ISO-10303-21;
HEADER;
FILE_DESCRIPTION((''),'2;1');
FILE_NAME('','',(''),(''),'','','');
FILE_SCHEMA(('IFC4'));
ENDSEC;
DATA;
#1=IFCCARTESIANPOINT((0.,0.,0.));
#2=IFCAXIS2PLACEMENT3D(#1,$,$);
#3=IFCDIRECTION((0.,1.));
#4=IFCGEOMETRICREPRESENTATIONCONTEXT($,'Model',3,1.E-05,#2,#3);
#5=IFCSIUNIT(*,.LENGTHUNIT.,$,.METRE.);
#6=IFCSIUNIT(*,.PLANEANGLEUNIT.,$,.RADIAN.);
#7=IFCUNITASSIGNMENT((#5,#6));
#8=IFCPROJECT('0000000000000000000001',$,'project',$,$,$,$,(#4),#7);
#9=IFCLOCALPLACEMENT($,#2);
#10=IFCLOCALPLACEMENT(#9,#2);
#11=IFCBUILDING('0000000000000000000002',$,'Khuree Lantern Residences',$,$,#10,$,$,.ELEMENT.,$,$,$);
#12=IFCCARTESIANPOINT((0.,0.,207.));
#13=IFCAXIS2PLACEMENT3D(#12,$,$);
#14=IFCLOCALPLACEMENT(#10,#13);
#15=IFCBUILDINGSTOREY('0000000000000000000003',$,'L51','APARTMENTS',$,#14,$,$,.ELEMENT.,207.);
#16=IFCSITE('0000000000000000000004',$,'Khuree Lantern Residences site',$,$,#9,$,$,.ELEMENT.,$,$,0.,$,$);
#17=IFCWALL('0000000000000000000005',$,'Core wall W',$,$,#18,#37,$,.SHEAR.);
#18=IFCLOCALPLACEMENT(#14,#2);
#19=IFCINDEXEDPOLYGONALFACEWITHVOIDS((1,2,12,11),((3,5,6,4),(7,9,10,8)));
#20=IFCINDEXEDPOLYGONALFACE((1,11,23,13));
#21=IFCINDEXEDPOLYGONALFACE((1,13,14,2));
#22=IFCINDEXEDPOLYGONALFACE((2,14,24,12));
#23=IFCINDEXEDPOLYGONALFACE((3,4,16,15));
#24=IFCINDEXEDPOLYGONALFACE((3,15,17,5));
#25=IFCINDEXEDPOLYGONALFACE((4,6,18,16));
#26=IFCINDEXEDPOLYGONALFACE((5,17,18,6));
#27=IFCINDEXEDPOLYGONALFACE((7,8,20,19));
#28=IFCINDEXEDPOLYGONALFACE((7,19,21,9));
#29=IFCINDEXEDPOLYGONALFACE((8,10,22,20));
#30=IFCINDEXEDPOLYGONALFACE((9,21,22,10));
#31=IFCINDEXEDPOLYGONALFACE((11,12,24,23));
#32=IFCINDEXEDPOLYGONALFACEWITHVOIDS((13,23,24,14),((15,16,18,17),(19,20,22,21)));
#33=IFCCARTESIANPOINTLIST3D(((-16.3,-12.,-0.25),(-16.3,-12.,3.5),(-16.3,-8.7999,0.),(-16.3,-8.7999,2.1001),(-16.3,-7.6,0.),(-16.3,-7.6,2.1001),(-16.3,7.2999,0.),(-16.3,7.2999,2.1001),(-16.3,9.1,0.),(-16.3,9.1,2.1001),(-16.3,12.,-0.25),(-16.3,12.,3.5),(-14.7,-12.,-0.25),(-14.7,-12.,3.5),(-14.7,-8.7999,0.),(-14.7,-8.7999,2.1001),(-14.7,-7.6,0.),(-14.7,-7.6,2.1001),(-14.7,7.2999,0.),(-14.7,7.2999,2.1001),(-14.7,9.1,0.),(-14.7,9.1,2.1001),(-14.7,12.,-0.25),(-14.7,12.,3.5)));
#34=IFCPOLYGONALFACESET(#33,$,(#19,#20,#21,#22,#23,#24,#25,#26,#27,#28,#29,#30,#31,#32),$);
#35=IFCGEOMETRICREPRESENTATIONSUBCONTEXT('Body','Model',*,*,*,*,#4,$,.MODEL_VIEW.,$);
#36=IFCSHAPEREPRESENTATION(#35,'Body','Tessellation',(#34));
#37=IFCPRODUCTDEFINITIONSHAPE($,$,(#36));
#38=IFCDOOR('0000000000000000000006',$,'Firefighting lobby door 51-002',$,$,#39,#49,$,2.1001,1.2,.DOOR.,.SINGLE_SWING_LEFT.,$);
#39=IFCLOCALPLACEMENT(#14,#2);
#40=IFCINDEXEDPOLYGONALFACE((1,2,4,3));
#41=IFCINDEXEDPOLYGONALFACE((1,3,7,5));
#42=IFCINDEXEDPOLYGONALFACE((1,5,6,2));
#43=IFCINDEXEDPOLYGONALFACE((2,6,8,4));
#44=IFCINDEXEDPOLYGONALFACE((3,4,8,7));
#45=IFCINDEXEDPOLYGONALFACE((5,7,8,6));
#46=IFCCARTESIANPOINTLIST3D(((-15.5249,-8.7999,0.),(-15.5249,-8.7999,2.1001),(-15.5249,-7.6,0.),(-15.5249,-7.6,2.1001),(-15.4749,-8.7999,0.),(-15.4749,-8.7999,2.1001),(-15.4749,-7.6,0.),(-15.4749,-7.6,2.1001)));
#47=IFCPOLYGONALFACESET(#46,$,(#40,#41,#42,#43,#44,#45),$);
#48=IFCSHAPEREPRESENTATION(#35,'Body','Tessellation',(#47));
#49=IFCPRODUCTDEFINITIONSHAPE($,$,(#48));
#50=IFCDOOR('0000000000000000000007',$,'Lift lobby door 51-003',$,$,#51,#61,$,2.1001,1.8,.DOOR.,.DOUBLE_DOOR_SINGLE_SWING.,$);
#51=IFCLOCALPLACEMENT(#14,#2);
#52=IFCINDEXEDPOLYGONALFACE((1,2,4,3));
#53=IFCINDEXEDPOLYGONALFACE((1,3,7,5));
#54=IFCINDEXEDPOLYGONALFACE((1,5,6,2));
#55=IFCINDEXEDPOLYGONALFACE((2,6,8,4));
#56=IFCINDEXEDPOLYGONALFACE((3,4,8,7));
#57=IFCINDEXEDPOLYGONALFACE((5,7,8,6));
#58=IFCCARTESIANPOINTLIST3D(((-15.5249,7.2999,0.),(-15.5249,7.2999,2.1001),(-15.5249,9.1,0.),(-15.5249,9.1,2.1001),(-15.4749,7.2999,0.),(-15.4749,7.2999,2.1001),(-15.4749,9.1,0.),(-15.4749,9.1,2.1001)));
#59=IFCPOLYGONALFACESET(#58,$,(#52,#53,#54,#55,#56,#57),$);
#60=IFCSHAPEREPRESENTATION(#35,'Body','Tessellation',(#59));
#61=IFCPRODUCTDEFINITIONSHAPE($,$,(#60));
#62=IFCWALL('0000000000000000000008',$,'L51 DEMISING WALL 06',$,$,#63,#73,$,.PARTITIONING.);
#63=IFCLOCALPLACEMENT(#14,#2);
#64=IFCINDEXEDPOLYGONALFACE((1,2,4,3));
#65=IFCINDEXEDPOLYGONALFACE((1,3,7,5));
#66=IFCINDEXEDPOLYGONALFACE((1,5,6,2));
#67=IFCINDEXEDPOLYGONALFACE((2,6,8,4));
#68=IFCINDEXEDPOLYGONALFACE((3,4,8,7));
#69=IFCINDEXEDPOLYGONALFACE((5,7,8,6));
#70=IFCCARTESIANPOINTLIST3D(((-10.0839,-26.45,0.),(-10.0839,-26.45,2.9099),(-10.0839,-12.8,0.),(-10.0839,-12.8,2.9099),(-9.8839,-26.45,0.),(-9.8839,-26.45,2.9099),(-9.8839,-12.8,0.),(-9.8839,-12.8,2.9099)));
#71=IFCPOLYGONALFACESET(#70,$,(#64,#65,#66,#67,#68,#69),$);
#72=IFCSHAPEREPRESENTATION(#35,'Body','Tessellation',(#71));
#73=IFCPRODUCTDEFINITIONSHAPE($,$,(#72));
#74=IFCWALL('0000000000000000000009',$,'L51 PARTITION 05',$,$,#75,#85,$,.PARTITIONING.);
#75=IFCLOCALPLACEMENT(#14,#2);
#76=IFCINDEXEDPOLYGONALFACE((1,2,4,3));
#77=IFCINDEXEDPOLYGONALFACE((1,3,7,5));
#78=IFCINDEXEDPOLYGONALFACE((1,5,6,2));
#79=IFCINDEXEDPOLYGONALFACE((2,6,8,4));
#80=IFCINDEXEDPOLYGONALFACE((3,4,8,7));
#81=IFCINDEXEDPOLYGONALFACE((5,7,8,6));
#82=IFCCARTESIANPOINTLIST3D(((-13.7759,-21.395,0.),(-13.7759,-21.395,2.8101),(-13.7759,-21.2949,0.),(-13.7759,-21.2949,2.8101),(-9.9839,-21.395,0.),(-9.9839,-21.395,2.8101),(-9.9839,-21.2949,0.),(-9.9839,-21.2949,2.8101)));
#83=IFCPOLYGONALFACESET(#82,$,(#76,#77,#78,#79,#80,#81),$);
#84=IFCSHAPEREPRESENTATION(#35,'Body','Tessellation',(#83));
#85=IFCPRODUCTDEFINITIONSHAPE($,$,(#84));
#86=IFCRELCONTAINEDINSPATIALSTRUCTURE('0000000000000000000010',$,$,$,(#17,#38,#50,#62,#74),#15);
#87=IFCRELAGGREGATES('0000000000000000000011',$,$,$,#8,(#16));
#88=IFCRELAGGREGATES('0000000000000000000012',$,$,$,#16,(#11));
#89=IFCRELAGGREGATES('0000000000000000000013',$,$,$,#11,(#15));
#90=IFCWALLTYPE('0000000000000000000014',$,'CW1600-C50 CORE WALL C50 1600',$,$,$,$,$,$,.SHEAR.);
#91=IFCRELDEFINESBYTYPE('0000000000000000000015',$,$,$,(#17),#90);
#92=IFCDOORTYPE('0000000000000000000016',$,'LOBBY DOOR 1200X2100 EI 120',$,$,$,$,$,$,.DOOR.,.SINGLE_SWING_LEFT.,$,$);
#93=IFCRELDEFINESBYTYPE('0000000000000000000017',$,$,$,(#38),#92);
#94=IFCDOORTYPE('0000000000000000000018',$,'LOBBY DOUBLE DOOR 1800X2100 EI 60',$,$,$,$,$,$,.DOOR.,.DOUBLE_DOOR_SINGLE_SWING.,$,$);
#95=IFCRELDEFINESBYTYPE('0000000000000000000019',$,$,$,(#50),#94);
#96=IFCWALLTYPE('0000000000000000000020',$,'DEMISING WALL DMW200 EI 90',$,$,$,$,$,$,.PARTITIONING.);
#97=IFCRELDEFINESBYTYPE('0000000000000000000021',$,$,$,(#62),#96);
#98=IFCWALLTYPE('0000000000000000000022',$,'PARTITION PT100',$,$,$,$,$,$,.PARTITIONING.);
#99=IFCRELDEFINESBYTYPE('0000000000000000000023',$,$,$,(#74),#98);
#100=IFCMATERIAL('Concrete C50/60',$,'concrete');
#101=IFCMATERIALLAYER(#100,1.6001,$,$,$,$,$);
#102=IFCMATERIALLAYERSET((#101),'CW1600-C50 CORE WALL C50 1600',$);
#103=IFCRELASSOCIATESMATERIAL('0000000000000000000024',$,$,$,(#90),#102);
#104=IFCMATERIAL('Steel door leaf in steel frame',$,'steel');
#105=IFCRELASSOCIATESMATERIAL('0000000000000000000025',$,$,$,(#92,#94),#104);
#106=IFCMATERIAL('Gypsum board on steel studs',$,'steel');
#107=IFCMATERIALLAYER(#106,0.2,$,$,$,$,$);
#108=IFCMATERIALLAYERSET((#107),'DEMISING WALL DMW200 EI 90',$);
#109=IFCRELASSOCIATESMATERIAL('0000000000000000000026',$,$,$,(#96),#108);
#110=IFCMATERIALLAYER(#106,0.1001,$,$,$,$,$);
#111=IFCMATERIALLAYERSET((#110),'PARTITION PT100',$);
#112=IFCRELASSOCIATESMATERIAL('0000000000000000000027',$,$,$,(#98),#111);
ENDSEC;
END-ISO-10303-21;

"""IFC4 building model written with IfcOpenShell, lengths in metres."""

from ifc_helpers import new_model, si_unit, direction, frame, frame_2d, origin, place, context, subcontext, project, spatial, rectangle, extrude, material, layer, layer_set, type_object, element, fill, save


model = new_model("IFC4")

# Units and contexts
model_context = context("Model", 3, precision=1e-05, world=origin(), true_north=direction((0.0, 1.0)))
body_context = subcontext(model_context, "Body", "Model", "MODEL_VIEW")
ifc_project = project(units=[si_unit("LENGTHUNIT", "METRE"), si_unit("PLANEANGLEUNIT", "RADIAN")], contexts=[model_context])

# Site, building, storey
site_placement = place(None, origin())
site = spatial("IfcSite", under=ifc_project, at=site_placement, Name="Khuree Lantern Residences site", CompositionType="ELEMENT", RefElevation=0.0)
building_placement = place(site_placement, origin())
building = spatial("IfcBuilding", under=site, at=building_placement, Name="Khuree Lantern Residences", CompositionType="ELEMENT")
storey_placement = place(building_placement, frame((0.0, 0.0, 207.0)))
storey = spatial("IfcBuildingStorey", under=building, at=storey_placement, Name="L51", Description="APARTMENTS", CompositionType="ELEMENT", Elevation=207.0)

# Shared definitions
ifc_material_1 = material(Name="Concrete C50/60", Category="concrete")

# Shared definitions
ifc_material_2 = material(Name="Gypsum board on steel studs", Category="steel")
ifc_layer_1 = layer(ifc_material_1, 1.6001)
ifc_layer_set_1 = layer_set([ifc_layer_1], Name="CW1600-C50 CORE WALL C50 1600")
wall_type_1 = type_object("IfcWallType", Name="CW1600-C50 CORE WALL C50 1600", PredefinedType="SHEAR", material=ifc_layer_set_1)

# Wall, openings, doors
wall_1_placement = place(storey_placement, frame((-15.5, -12.0, -0.25), z_axis=(0.0, 0.0, 1.0), x_axis=(0.0, 1.0, 0.0)))
wall_1 = element("IfcWall", 1, at=wall_1_placement, inside=storey, type_object=wall_type_1, Name="Core wall W", PredefinedType="SHEAR", context=body_context, shape_type="SweptSolid", body=[
    extrude(rectangle(XDim=24.0, YDim=1.6001, at=frame_2d((12.0, 0.0))), origin(), (0.0, 0.0, 1.0), 3.75),
])
opening_1_placement = place(wall_1_placement, frame((3.2, 0.0, 0.25)))
opening_1 = element("IfcOpeningElement", 2, at=opening_1_placement, cuts=wall_1, PredefinedType="OPENING", context=body_context, shape_type="SweptSolid", body=[
    extrude(rectangle(XDim=1.2, YDim=2.1001, at=frame_2d((0.6001, 1.05))), frame((0.0, 0.8101, 0.0), z_axis=(0.0, -1.0, 0.0), x_axis=(1.0, 0.0, 0.0)), (0.0, 0.0, 1.0), 1.6201),
])
opening_2_placement = place(wall_1_placement, frame((19.3, 0.0, 0.25)))
opening_2 = element("IfcOpeningElement", 3, at=opening_2_placement, cuts=wall_1, PredefinedType="OPENING", context=body_context, shape_type="SweptSolid", body=[
    extrude(rectangle(XDim=1.8, YDim=2.1001, at=frame_2d((0.8999, 1.05))), frame((0.0, 0.8101, 0.0), z_axis=(0.0, -1.0, 0.0), x_axis=(1.0, 0.0, 0.0)), (0.0, 0.0, 1.0), 1.6201),
])
ifc_material_3 = material(Name="Steel door leaf in steel frame", Category="steel")
door_type_1 = type_object("IfcDoorType", Name="LOBBY DOOR 1200X2100 EI 120", OperationType="SINGLE_SWING_LEFT", PredefinedType="DOOR", material=ifc_material_3)
door_1_placement = place(opening_1_placement, origin())
door_1 = element("IfcDoor", 4, at=door_1_placement, inside=storey, type_object=door_type_1, Name="Firefighting lobby door 51-002", OperationType="SINGLE_SWING_LEFT", OverallHeight=2.1001, OverallWidth=1.2, PredefinedType="DOOR", context=body_context, shape_type="SweptSolid", body=[
    extrude(rectangle(XDim=1.2, YDim=2.1001, at=frame_2d((0.6001, 1.05))), frame((0.0, 0.0249, 0.0), z_axis=(0.0, -1.0, 0.0), x_axis=(1.0, 0.0, 0.0)), (0.0, 0.0, 1.0), 0.05),
])
fill(opening_1, door_1)
door_type_2 = type_object("IfcDoorType", Name="LOBBY DOUBLE DOOR 1800X2100 EI 60", OperationType="DOUBLE_DOOR_SINGLE_SWING", PredefinedType="DOOR", material=ifc_material_3)
door_2_placement = place(opening_2_placement, origin())
door_2 = element("IfcDoor", 5, at=door_2_placement, inside=storey, type_object=door_type_2, Name="Lift lobby door 51-003", OperationType="DOUBLE_DOOR_SINGLE_SWING", OverallHeight=2.1001, OverallWidth=1.8, PredefinedType="DOOR", context=body_context, shape_type="SweptSolid", body=[
    extrude(rectangle(XDim=1.8, YDim=2.1001, at=frame_2d((0.8999, 1.05))), frame((0.0, 0.0249, 0.0), z_axis=(0.0, -1.0, 0.0), x_axis=(1.0, 0.0, 0.0)), (0.0, 0.0, 1.0), 0.05),
])
fill(opening_2, door_2)

# Walls
ifc_layer_2 = layer(ifc_material_2, 0.2)
ifc_layer_set_2 = layer_set([ifc_layer_2], Name="DEMISING WALL DMW200 EI 90")
wall_type_2 = type_object("IfcWallType", Name="DEMISING WALL DMW200 EI 90", PredefinedType="PARTITIONING", material=ifc_layer_set_2)
wall_2_placement = place(storey_placement, frame((-9.9839, -12.8, 0.0), z_axis=(0.0, 0.0, 1.0), x_axis=(0.0, -1.0, 0.0)))
element("IfcWall", 6, at=wall_2_placement, inside=storey, type_object=wall_type_2, Name="L51 DEMISING WALL 06", PredefinedType="PARTITIONING", context=body_context, shape_type="SweptSolid", body=[
    extrude(rectangle(XDim=13.6499, YDim=0.2, at=frame_2d((6.825, 0.0))), origin(), (0.0, 0.0, 1.0), 2.9099),
])
ifc_layer_3 = layer(ifc_material_2, 0.1001)
ifc_layer_set_3 = layer_set([ifc_layer_3], Name="PARTITION PT100")
wall_type_3 = type_object("IfcWallType", Name="PARTITION PT100", PredefinedType="PARTITIONING", material=ifc_layer_set_3)
wall_3_placement = place(storey_placement, frame((-13.7759, -21.345, 0.0), z_axis=(0.0, 0.0, 1.0), x_axis=(1.0, 0.0, 0.0)))
element("IfcWall", 7, at=wall_3_placement, inside=storey, type_object=wall_type_3, Name="L51 PARTITION 05", PredefinedType="PARTITIONING", context=body_context, shape_type="SweptSolid", body=[
    extrude(rectangle(XDim=3.792, YDim=0.1001, at=frame_2d((1.896, 0.0))), origin(), (0.0, 0.0, 1.0), 2.8101),
])

save(model, "model.ifc")
